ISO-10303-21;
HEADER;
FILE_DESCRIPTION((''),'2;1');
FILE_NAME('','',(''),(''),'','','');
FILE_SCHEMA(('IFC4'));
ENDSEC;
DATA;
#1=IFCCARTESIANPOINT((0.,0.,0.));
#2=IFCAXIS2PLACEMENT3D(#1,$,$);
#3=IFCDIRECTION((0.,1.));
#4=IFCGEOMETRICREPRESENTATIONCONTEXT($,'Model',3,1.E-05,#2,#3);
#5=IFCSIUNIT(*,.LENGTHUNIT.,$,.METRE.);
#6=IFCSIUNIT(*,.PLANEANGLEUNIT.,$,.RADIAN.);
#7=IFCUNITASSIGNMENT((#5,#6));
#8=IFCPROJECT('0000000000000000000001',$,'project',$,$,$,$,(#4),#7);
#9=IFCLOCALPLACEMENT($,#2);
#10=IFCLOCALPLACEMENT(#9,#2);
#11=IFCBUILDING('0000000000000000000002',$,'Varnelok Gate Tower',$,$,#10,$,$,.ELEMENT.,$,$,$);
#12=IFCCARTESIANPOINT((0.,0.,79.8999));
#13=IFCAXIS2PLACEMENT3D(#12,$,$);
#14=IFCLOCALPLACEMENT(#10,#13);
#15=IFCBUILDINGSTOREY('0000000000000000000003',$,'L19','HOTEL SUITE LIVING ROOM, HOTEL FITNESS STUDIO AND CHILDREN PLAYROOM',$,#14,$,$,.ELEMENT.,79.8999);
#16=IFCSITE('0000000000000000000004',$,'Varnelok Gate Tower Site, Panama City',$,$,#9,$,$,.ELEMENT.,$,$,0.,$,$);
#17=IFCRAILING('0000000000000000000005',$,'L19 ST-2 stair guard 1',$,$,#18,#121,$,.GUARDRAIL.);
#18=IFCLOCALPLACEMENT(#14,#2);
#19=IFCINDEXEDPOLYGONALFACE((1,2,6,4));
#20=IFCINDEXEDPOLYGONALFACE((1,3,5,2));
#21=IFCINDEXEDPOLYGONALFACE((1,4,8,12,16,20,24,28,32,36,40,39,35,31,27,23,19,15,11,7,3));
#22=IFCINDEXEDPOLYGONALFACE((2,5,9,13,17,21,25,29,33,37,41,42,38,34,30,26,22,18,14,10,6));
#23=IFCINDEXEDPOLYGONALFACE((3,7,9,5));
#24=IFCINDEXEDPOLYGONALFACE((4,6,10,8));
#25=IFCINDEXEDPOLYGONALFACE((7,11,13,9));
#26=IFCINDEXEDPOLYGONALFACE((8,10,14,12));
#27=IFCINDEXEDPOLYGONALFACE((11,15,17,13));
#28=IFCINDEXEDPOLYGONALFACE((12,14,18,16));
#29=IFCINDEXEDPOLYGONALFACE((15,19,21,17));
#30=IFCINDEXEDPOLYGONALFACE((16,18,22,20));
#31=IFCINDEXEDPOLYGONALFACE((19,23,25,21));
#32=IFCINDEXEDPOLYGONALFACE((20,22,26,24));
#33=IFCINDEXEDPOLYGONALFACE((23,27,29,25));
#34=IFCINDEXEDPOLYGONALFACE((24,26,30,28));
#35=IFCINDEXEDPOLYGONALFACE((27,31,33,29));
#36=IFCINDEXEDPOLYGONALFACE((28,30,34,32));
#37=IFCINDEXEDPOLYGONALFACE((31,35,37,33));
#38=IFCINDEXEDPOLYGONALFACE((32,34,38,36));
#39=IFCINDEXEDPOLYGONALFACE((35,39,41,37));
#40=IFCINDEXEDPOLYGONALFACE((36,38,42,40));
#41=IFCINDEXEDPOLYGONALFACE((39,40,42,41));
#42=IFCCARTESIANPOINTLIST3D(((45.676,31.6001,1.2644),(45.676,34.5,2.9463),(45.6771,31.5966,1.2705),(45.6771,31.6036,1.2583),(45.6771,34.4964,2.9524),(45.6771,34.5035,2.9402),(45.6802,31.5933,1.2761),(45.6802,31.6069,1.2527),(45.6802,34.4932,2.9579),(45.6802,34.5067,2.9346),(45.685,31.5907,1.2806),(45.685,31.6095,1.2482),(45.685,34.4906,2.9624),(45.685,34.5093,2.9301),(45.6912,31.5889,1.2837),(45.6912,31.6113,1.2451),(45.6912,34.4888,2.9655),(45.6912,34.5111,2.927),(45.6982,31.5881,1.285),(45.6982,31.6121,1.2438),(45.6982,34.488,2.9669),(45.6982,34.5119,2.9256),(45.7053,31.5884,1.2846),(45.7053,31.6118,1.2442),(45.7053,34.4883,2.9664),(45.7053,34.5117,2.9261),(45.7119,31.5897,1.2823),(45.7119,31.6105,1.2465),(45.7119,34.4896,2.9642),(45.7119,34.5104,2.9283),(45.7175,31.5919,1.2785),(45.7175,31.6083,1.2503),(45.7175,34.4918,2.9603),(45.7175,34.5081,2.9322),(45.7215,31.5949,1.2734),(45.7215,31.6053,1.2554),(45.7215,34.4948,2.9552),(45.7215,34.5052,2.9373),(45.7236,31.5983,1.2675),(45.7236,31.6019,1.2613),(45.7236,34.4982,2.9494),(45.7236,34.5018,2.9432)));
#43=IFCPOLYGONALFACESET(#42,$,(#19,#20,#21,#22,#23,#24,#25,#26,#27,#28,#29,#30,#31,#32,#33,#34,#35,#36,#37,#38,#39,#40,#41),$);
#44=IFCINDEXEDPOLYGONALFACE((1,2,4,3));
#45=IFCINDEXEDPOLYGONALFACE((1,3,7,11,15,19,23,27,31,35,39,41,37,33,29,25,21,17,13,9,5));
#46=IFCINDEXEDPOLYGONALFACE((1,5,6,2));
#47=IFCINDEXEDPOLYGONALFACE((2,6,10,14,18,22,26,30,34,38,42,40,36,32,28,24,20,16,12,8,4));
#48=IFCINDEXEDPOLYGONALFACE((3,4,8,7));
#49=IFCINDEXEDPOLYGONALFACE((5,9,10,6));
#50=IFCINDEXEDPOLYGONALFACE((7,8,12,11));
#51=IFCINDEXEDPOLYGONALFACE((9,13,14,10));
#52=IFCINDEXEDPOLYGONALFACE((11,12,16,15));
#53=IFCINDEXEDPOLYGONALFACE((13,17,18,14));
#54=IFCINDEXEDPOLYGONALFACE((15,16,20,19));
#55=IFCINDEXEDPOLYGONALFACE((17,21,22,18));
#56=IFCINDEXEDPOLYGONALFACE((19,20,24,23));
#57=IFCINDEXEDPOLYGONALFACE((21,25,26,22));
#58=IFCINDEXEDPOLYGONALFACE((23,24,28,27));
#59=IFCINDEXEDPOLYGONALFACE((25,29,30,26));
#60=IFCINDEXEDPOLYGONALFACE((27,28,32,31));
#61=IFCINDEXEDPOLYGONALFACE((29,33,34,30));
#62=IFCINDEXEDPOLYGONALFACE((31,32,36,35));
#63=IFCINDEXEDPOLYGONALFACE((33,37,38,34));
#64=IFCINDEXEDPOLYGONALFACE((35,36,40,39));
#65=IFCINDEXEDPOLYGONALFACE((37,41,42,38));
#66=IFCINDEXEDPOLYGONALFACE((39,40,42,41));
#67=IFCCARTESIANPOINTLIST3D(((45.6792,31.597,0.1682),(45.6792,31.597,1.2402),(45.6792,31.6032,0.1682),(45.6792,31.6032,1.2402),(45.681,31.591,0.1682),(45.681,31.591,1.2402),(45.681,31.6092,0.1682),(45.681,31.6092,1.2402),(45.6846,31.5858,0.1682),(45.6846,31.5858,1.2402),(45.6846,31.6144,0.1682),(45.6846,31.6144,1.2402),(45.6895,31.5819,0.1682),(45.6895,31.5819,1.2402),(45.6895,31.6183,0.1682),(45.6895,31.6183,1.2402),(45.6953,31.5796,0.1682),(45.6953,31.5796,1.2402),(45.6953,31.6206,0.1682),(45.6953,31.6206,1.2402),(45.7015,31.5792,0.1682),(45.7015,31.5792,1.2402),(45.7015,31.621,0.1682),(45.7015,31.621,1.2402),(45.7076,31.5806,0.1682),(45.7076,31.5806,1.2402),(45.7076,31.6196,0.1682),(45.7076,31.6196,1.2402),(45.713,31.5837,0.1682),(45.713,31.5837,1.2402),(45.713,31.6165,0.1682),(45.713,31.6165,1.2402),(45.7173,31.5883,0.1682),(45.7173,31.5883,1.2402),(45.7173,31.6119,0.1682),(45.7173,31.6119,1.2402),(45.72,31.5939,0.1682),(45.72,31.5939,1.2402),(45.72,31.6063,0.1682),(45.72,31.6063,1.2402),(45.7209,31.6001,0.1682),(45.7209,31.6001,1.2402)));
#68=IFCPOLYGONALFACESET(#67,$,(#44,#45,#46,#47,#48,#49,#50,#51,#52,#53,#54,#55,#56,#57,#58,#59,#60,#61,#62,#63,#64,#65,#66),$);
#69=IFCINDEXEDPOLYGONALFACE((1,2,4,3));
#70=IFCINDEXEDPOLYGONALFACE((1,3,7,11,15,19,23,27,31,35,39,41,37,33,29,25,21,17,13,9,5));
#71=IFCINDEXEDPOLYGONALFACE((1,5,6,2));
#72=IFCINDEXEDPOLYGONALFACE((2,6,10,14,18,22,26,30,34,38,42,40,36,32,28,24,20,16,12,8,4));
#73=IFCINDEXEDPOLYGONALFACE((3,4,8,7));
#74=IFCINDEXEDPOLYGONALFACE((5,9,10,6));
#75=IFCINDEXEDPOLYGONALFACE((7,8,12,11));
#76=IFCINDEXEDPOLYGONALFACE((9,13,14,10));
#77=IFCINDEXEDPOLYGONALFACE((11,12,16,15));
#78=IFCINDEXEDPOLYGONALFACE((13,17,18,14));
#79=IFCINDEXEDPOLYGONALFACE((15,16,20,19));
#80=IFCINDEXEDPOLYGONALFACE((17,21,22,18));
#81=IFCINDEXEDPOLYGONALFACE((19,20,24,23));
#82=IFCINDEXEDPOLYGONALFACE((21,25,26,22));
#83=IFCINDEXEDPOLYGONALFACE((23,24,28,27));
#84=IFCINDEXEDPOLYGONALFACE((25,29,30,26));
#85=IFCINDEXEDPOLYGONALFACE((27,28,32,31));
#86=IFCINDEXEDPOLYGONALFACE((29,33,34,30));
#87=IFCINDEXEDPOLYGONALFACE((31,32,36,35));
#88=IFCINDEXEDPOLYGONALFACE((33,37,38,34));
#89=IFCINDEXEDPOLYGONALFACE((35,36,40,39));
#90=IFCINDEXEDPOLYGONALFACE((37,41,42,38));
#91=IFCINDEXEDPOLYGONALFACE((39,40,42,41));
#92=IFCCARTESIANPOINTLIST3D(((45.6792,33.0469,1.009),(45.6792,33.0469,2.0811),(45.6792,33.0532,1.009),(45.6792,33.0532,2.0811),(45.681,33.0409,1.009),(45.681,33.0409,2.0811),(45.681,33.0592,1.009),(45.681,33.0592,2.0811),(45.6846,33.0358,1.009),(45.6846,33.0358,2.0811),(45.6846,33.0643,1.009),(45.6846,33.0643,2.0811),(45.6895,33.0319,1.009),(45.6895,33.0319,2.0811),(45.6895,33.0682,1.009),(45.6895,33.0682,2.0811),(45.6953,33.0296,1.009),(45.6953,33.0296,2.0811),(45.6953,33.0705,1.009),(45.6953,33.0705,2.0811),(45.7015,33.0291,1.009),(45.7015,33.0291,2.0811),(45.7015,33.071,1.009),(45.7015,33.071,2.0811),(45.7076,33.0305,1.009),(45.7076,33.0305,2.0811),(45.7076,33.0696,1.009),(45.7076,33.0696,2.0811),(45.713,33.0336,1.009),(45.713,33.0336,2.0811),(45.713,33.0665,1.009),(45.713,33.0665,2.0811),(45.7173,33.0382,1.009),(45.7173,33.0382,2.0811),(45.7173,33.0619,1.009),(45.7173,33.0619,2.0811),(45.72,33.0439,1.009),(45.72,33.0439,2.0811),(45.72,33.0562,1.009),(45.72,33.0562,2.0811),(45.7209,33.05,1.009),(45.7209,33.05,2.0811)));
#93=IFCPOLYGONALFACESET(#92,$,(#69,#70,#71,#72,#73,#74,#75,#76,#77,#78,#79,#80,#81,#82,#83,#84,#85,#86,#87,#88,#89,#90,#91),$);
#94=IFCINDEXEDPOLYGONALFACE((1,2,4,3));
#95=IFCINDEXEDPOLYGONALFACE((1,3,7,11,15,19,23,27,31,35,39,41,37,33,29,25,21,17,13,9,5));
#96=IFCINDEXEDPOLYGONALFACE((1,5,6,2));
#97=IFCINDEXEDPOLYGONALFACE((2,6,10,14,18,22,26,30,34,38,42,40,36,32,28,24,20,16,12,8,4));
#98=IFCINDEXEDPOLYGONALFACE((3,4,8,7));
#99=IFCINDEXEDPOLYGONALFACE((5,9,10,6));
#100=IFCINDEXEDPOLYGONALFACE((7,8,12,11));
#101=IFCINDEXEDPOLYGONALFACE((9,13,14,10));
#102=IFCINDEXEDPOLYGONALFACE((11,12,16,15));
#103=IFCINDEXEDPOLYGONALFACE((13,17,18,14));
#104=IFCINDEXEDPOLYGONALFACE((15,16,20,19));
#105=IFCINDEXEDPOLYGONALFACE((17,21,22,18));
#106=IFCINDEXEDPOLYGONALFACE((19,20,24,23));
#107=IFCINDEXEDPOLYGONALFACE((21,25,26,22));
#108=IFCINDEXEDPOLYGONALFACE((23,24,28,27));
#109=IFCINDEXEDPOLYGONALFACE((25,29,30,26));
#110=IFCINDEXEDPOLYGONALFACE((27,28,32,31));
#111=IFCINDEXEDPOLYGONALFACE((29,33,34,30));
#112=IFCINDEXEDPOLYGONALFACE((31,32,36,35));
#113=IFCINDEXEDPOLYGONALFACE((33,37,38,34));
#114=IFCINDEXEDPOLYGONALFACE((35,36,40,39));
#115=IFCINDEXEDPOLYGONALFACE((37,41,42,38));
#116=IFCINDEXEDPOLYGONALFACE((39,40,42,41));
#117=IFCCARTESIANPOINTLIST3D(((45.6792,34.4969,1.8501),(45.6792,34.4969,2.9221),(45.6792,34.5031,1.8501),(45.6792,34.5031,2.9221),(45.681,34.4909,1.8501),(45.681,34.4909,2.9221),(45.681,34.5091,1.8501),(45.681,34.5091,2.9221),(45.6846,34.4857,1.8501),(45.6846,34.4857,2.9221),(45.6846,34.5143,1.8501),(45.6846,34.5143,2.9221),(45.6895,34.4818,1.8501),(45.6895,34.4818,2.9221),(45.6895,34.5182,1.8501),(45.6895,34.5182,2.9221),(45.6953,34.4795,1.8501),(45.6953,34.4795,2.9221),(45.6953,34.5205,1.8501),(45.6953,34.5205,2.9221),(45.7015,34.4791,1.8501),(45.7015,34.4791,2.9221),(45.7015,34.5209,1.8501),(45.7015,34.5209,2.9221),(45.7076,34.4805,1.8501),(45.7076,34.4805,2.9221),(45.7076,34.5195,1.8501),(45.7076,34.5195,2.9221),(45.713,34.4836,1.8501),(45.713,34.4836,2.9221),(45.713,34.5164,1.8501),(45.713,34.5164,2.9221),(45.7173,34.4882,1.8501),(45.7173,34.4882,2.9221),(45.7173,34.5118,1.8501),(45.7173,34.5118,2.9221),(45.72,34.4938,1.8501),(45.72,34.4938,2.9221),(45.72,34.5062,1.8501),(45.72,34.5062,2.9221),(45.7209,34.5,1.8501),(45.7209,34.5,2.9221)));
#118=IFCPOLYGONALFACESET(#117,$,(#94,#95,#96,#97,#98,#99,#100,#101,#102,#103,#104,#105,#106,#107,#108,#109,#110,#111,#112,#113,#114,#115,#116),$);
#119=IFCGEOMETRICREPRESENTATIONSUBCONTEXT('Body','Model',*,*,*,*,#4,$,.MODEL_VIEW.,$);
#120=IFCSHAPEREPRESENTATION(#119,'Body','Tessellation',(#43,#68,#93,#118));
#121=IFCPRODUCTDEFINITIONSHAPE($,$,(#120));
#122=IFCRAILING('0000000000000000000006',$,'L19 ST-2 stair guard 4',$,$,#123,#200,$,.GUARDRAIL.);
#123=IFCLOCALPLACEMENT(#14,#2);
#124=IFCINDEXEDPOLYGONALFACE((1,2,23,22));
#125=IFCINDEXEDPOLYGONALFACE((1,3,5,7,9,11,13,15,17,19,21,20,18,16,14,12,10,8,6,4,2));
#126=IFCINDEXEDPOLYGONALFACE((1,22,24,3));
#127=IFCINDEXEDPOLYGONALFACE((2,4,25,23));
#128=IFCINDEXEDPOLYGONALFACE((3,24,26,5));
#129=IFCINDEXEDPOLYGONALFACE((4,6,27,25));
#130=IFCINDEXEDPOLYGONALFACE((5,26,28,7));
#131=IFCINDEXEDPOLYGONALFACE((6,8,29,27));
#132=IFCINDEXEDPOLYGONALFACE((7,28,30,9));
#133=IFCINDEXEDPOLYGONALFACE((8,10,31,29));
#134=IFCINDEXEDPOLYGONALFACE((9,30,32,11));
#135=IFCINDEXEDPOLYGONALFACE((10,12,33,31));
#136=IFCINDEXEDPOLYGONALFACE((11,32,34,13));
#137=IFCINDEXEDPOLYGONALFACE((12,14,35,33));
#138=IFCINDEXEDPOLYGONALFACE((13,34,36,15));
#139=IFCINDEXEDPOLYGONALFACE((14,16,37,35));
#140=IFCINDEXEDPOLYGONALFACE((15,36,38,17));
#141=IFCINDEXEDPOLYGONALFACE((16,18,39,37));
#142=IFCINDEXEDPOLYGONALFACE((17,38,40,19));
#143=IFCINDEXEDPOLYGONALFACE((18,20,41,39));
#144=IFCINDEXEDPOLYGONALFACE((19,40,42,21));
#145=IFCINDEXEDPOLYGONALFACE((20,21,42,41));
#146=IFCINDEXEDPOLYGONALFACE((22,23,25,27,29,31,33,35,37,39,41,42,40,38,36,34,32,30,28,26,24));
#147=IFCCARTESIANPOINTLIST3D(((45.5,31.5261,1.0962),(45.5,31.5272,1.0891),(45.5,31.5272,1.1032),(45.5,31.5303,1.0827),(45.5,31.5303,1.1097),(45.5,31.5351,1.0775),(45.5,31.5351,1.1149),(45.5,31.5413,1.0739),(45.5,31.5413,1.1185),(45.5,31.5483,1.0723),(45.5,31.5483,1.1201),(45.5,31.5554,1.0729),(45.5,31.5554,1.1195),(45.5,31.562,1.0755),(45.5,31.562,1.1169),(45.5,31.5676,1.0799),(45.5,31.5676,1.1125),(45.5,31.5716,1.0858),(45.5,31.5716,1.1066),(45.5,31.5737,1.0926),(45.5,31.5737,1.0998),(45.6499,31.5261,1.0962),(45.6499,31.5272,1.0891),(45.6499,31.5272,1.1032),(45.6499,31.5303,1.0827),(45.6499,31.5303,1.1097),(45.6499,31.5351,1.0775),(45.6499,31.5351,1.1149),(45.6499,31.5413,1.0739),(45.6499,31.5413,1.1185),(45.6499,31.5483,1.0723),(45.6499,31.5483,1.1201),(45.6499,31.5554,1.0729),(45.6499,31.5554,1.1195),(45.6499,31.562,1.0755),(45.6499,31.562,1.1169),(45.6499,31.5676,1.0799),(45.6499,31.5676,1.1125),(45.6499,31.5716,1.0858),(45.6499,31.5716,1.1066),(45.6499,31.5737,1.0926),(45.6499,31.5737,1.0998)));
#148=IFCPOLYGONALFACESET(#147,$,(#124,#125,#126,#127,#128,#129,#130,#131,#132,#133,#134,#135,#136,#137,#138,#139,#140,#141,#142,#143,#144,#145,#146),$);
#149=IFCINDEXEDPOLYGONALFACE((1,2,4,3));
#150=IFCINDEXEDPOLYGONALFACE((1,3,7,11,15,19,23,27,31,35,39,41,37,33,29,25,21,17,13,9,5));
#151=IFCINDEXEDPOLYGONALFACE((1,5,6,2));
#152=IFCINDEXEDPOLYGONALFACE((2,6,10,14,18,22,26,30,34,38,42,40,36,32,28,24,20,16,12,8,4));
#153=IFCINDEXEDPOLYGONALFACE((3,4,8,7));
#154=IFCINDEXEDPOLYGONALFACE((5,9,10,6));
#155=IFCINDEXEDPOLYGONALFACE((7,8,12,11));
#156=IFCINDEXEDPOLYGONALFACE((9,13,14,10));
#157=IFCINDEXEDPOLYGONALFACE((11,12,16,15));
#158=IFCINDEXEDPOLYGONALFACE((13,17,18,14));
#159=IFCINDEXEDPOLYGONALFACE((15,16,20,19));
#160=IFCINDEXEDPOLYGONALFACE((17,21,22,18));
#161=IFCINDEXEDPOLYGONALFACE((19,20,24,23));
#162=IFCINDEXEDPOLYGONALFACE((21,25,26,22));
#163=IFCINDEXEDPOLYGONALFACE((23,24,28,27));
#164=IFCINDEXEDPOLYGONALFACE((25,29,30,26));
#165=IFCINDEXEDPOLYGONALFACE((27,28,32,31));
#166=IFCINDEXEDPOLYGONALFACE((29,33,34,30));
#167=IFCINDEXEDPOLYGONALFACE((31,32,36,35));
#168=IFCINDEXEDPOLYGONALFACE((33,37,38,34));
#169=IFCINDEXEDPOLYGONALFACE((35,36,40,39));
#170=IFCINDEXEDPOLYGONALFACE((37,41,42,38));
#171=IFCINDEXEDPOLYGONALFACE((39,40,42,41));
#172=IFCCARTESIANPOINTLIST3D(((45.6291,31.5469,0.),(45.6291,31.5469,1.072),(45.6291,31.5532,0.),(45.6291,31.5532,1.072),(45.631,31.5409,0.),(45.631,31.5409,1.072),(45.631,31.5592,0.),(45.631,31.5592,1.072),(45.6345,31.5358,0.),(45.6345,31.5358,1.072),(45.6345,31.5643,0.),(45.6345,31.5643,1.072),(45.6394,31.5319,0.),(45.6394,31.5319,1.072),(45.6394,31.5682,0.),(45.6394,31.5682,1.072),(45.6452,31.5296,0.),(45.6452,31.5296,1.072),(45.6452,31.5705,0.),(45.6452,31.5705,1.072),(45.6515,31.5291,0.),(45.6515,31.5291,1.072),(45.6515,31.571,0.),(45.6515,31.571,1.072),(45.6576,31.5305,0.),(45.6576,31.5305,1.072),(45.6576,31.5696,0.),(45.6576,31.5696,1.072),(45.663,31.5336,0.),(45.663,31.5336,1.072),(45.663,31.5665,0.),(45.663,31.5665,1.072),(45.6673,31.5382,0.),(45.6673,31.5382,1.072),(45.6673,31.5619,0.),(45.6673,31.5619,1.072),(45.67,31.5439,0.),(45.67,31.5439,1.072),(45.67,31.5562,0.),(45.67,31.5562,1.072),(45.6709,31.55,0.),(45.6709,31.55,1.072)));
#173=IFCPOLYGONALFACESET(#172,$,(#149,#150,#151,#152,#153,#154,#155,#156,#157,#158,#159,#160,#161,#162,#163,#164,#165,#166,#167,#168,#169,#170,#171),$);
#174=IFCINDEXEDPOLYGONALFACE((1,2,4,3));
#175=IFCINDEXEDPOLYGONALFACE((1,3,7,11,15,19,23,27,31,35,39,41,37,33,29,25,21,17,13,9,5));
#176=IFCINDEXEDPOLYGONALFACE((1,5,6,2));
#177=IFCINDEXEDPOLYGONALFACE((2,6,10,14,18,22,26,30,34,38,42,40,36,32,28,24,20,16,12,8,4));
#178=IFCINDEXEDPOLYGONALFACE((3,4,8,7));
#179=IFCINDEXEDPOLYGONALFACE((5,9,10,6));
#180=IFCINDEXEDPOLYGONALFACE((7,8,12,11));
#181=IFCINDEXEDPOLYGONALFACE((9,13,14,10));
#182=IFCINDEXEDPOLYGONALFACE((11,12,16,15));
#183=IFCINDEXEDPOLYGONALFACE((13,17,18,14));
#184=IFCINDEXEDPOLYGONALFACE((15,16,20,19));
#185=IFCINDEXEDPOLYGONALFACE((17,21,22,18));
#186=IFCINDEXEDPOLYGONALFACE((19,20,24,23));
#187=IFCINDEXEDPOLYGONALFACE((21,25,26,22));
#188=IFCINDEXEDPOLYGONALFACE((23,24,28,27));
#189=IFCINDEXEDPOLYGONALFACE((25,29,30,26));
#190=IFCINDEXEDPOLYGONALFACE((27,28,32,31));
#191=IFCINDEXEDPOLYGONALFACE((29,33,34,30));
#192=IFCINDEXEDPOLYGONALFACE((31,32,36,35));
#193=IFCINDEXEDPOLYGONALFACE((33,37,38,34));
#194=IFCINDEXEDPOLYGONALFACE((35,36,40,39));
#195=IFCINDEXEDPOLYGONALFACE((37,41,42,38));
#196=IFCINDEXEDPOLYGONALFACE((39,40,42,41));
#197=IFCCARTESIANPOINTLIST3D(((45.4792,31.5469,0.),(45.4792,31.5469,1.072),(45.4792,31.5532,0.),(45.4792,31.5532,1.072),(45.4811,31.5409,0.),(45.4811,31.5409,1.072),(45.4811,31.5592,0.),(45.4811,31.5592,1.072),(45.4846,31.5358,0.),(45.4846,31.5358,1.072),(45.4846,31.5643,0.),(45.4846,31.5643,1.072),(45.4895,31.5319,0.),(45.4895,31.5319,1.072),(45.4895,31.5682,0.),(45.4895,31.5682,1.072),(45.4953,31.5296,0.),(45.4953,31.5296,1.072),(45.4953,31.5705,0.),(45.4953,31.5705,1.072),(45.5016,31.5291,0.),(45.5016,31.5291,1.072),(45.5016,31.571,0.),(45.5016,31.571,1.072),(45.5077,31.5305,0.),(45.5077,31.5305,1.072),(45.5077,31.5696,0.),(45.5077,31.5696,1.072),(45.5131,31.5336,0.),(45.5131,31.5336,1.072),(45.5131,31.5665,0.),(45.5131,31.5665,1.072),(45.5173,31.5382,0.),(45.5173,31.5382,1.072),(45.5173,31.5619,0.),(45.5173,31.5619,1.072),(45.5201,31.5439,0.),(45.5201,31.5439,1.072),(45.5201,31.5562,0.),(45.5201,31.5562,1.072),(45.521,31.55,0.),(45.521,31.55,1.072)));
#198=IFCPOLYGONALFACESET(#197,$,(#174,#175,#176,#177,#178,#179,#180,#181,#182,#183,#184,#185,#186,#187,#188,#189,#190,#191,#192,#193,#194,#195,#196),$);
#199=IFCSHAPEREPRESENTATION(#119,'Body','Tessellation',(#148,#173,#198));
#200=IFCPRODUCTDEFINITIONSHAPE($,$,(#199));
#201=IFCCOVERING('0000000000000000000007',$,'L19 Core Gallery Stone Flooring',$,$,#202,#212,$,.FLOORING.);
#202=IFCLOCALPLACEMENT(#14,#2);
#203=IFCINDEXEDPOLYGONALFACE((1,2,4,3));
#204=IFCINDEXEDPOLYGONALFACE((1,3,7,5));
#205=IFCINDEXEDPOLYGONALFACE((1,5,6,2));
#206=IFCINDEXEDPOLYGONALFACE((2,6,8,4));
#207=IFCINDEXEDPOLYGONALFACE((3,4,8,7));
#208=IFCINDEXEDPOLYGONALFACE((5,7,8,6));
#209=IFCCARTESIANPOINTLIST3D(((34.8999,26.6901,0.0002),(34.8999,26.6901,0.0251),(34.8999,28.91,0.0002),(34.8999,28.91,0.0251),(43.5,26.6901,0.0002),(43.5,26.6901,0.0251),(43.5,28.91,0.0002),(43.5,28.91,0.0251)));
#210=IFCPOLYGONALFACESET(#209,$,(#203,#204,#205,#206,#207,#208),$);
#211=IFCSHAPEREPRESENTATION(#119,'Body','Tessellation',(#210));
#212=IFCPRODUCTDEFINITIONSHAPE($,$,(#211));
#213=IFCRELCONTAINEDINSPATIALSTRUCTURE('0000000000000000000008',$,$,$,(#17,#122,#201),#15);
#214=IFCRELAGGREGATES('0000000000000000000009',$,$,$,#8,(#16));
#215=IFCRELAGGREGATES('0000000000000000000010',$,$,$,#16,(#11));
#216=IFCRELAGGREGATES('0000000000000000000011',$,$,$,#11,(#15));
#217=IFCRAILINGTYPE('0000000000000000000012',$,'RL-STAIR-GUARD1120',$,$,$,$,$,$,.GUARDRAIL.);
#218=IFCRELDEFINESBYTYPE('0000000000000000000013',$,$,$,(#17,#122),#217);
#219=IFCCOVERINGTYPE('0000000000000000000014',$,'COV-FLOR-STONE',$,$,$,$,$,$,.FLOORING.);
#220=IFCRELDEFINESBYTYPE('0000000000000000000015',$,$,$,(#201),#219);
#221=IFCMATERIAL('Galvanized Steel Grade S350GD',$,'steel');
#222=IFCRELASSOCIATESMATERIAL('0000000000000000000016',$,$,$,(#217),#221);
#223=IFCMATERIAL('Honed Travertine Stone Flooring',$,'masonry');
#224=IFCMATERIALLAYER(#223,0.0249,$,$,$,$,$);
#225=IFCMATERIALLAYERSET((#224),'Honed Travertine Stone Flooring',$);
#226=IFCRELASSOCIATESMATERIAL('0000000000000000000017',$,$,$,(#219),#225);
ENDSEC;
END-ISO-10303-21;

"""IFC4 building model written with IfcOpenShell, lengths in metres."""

from ifc_helpers import new_model, si_unit, direction, frame, origin, origin_2d, place, context, subcontext, project, spatial, rectangle, circle, extrude, source, transform, mapped, material, layer, layer_set, type_object, element, save


model = new_model("IFC4")

# Units and contexts
model_context = context("Model", 3, precision=1e-05, world=origin(), true_north=direction((0.0, 1.0)))
body_context = subcontext(model_context, "Body", "Model", "MODEL_VIEW")
ifc_project = project(units=[si_unit("LENGTHUNIT", "METRE"), si_unit("PLANEANGLEUNIT", "RADIAN")], contexts=[model_context])

# Site, building, storey
site_placement = place(None, origin())
site = spatial("IfcSite", under=ifc_project, at=site_placement, Name="Varnelok Gate Tower Site, Panama City", CompositionType="ELEMENT", RefElevation=0.0)
building_placement = place(site_placement, origin())
building = spatial("IfcBuilding", under=site, at=building_placement, Name="Varnelok Gate Tower", CompositionType="ELEMENT")
storey_placement = place(building_placement, frame((0.0, 0.0, 79.8999)))
storey = spatial("IfcBuildingStorey", under=building, at=storey_placement, Name="L19", Description="HOTEL SUITE LIVING ROOM, HOTEL FITNESS STUDIO AND CHILDREN PLAYROOM", CompositionType="ELEMENT", Elevation=79.8999)

# Shared definitions
ifc_material_1 = material(Name="Galvanized Steel Grade S350GD", Category="steel")

# Railings
railing_type_1 = type_object("IfcRailingType", Name="RL-STAIR-GUARD1120", PredefinedType="GUARDRAIL", material=ifc_material_1)
railing_1_placement = place(storey_placement, frame((45.7, 31.6001, 0.1682)))
element("IfcRailing", 1, at=railing_1_placement, inside=storey, type_object=railing_type_1, Name="L19 ST-2 stair guard 1", PredefinedType="GUARDRAIL", context=body_context, shape_type="SweptSolid", body=[
    extrude(circle(Radius=0.0239, at=origin_2d()), frame((0.0, 0.0, 1.0962), z_axis=(0.0, 0.865039, 0.501705), x_axis=(-1.0, 0.0, 0.0)), (0.0, 0.0, 1.0), 3.3523),
    extrude(circle(Radius=0.021, at=origin_2d()), origin(), (0.0, 0.0, 1.0), 1.072),
    extrude(circle(Radius=0.021, at=origin_2d()), frame((0.0, 1.45, 0.8408)), (0.0, 0.0, 1.0), 1.072),
    extrude(circle(Radius=0.021, at=origin_2d()), frame((0.0, 2.8999, 1.6819)), (0.0, 0.0, 1.0), 1.072),
])
railing_2_placement = place(storey_placement, frame((45.6499, 31.55, 0.0)))
element("IfcRailing", 2, at=railing_2_placement, inside=storey, type_object=railing_type_1, Name="L19 ST-2 stair guard 4", PredefinedType="GUARDRAIL", context=body_context, shape_type="SweptSolid", body=[
    extrude(circle(Radius=0.0239, at=origin_2d()), frame((0.0, 0.0, 1.0962), z_axis=(-1.0, 0.0, 0.0), x_axis=(0.0, -1.0, 0.0)), (0.0, 0.0, 1.0), 0.1499),
    extrude(circle(Radius=0.021, at=origin_2d()), origin(), (0.0, 0.0, 1.0), 1.072),
    extrude(circle(Radius=0.021, at=origin_2d()), frame((-0.1499, 0.0, 0.0)), (0.0, 0.0, 1.0), 1.072),
])

# Covering
ifc_material_2 = material(Name="Honed Travertine Stone Flooring", Category="masonry")
ifc_layer_1 = layer(ifc_material_2, 0.0249)
ifc_layer_set_1 = layer_set([ifc_layer_1], Name="Honed Travertine Stone Flooring")
covering_type_1 = type_object("IfcCoveringType", Name="COV-FLOR-STONE", PredefinedType="FLOORING", material=ifc_layer_set_1)
shared_shape_1 = source(origin(), body_context, "Body", "SweptSolid", [
    extrude(rectangle(XDim=8.6001, YDim=2.22, at=origin_2d()), origin(), (0.0, 0.0, 1.0), 0.0249),
])
covering_1_placement = place(storey_placement, frame((39.2, 27.8, 0.0002), z_axis=(0.0, 0.0, 1.0), x_axis=(1.0, 0.0, 0.0)))
element("IfcCovering", 3, at=covering_1_placement, inside=storey, type_object=covering_type_1, Name="L19 Core Gallery Stone Flooring", PredefinedType="FLOORING", context=body_context, shape_type="MappedRepresentation", body=[
    mapped(shared_shape_1, transform((0.0, 0.0, 0.0), scale=1.0)),
])

save(model, "model.ifc")
